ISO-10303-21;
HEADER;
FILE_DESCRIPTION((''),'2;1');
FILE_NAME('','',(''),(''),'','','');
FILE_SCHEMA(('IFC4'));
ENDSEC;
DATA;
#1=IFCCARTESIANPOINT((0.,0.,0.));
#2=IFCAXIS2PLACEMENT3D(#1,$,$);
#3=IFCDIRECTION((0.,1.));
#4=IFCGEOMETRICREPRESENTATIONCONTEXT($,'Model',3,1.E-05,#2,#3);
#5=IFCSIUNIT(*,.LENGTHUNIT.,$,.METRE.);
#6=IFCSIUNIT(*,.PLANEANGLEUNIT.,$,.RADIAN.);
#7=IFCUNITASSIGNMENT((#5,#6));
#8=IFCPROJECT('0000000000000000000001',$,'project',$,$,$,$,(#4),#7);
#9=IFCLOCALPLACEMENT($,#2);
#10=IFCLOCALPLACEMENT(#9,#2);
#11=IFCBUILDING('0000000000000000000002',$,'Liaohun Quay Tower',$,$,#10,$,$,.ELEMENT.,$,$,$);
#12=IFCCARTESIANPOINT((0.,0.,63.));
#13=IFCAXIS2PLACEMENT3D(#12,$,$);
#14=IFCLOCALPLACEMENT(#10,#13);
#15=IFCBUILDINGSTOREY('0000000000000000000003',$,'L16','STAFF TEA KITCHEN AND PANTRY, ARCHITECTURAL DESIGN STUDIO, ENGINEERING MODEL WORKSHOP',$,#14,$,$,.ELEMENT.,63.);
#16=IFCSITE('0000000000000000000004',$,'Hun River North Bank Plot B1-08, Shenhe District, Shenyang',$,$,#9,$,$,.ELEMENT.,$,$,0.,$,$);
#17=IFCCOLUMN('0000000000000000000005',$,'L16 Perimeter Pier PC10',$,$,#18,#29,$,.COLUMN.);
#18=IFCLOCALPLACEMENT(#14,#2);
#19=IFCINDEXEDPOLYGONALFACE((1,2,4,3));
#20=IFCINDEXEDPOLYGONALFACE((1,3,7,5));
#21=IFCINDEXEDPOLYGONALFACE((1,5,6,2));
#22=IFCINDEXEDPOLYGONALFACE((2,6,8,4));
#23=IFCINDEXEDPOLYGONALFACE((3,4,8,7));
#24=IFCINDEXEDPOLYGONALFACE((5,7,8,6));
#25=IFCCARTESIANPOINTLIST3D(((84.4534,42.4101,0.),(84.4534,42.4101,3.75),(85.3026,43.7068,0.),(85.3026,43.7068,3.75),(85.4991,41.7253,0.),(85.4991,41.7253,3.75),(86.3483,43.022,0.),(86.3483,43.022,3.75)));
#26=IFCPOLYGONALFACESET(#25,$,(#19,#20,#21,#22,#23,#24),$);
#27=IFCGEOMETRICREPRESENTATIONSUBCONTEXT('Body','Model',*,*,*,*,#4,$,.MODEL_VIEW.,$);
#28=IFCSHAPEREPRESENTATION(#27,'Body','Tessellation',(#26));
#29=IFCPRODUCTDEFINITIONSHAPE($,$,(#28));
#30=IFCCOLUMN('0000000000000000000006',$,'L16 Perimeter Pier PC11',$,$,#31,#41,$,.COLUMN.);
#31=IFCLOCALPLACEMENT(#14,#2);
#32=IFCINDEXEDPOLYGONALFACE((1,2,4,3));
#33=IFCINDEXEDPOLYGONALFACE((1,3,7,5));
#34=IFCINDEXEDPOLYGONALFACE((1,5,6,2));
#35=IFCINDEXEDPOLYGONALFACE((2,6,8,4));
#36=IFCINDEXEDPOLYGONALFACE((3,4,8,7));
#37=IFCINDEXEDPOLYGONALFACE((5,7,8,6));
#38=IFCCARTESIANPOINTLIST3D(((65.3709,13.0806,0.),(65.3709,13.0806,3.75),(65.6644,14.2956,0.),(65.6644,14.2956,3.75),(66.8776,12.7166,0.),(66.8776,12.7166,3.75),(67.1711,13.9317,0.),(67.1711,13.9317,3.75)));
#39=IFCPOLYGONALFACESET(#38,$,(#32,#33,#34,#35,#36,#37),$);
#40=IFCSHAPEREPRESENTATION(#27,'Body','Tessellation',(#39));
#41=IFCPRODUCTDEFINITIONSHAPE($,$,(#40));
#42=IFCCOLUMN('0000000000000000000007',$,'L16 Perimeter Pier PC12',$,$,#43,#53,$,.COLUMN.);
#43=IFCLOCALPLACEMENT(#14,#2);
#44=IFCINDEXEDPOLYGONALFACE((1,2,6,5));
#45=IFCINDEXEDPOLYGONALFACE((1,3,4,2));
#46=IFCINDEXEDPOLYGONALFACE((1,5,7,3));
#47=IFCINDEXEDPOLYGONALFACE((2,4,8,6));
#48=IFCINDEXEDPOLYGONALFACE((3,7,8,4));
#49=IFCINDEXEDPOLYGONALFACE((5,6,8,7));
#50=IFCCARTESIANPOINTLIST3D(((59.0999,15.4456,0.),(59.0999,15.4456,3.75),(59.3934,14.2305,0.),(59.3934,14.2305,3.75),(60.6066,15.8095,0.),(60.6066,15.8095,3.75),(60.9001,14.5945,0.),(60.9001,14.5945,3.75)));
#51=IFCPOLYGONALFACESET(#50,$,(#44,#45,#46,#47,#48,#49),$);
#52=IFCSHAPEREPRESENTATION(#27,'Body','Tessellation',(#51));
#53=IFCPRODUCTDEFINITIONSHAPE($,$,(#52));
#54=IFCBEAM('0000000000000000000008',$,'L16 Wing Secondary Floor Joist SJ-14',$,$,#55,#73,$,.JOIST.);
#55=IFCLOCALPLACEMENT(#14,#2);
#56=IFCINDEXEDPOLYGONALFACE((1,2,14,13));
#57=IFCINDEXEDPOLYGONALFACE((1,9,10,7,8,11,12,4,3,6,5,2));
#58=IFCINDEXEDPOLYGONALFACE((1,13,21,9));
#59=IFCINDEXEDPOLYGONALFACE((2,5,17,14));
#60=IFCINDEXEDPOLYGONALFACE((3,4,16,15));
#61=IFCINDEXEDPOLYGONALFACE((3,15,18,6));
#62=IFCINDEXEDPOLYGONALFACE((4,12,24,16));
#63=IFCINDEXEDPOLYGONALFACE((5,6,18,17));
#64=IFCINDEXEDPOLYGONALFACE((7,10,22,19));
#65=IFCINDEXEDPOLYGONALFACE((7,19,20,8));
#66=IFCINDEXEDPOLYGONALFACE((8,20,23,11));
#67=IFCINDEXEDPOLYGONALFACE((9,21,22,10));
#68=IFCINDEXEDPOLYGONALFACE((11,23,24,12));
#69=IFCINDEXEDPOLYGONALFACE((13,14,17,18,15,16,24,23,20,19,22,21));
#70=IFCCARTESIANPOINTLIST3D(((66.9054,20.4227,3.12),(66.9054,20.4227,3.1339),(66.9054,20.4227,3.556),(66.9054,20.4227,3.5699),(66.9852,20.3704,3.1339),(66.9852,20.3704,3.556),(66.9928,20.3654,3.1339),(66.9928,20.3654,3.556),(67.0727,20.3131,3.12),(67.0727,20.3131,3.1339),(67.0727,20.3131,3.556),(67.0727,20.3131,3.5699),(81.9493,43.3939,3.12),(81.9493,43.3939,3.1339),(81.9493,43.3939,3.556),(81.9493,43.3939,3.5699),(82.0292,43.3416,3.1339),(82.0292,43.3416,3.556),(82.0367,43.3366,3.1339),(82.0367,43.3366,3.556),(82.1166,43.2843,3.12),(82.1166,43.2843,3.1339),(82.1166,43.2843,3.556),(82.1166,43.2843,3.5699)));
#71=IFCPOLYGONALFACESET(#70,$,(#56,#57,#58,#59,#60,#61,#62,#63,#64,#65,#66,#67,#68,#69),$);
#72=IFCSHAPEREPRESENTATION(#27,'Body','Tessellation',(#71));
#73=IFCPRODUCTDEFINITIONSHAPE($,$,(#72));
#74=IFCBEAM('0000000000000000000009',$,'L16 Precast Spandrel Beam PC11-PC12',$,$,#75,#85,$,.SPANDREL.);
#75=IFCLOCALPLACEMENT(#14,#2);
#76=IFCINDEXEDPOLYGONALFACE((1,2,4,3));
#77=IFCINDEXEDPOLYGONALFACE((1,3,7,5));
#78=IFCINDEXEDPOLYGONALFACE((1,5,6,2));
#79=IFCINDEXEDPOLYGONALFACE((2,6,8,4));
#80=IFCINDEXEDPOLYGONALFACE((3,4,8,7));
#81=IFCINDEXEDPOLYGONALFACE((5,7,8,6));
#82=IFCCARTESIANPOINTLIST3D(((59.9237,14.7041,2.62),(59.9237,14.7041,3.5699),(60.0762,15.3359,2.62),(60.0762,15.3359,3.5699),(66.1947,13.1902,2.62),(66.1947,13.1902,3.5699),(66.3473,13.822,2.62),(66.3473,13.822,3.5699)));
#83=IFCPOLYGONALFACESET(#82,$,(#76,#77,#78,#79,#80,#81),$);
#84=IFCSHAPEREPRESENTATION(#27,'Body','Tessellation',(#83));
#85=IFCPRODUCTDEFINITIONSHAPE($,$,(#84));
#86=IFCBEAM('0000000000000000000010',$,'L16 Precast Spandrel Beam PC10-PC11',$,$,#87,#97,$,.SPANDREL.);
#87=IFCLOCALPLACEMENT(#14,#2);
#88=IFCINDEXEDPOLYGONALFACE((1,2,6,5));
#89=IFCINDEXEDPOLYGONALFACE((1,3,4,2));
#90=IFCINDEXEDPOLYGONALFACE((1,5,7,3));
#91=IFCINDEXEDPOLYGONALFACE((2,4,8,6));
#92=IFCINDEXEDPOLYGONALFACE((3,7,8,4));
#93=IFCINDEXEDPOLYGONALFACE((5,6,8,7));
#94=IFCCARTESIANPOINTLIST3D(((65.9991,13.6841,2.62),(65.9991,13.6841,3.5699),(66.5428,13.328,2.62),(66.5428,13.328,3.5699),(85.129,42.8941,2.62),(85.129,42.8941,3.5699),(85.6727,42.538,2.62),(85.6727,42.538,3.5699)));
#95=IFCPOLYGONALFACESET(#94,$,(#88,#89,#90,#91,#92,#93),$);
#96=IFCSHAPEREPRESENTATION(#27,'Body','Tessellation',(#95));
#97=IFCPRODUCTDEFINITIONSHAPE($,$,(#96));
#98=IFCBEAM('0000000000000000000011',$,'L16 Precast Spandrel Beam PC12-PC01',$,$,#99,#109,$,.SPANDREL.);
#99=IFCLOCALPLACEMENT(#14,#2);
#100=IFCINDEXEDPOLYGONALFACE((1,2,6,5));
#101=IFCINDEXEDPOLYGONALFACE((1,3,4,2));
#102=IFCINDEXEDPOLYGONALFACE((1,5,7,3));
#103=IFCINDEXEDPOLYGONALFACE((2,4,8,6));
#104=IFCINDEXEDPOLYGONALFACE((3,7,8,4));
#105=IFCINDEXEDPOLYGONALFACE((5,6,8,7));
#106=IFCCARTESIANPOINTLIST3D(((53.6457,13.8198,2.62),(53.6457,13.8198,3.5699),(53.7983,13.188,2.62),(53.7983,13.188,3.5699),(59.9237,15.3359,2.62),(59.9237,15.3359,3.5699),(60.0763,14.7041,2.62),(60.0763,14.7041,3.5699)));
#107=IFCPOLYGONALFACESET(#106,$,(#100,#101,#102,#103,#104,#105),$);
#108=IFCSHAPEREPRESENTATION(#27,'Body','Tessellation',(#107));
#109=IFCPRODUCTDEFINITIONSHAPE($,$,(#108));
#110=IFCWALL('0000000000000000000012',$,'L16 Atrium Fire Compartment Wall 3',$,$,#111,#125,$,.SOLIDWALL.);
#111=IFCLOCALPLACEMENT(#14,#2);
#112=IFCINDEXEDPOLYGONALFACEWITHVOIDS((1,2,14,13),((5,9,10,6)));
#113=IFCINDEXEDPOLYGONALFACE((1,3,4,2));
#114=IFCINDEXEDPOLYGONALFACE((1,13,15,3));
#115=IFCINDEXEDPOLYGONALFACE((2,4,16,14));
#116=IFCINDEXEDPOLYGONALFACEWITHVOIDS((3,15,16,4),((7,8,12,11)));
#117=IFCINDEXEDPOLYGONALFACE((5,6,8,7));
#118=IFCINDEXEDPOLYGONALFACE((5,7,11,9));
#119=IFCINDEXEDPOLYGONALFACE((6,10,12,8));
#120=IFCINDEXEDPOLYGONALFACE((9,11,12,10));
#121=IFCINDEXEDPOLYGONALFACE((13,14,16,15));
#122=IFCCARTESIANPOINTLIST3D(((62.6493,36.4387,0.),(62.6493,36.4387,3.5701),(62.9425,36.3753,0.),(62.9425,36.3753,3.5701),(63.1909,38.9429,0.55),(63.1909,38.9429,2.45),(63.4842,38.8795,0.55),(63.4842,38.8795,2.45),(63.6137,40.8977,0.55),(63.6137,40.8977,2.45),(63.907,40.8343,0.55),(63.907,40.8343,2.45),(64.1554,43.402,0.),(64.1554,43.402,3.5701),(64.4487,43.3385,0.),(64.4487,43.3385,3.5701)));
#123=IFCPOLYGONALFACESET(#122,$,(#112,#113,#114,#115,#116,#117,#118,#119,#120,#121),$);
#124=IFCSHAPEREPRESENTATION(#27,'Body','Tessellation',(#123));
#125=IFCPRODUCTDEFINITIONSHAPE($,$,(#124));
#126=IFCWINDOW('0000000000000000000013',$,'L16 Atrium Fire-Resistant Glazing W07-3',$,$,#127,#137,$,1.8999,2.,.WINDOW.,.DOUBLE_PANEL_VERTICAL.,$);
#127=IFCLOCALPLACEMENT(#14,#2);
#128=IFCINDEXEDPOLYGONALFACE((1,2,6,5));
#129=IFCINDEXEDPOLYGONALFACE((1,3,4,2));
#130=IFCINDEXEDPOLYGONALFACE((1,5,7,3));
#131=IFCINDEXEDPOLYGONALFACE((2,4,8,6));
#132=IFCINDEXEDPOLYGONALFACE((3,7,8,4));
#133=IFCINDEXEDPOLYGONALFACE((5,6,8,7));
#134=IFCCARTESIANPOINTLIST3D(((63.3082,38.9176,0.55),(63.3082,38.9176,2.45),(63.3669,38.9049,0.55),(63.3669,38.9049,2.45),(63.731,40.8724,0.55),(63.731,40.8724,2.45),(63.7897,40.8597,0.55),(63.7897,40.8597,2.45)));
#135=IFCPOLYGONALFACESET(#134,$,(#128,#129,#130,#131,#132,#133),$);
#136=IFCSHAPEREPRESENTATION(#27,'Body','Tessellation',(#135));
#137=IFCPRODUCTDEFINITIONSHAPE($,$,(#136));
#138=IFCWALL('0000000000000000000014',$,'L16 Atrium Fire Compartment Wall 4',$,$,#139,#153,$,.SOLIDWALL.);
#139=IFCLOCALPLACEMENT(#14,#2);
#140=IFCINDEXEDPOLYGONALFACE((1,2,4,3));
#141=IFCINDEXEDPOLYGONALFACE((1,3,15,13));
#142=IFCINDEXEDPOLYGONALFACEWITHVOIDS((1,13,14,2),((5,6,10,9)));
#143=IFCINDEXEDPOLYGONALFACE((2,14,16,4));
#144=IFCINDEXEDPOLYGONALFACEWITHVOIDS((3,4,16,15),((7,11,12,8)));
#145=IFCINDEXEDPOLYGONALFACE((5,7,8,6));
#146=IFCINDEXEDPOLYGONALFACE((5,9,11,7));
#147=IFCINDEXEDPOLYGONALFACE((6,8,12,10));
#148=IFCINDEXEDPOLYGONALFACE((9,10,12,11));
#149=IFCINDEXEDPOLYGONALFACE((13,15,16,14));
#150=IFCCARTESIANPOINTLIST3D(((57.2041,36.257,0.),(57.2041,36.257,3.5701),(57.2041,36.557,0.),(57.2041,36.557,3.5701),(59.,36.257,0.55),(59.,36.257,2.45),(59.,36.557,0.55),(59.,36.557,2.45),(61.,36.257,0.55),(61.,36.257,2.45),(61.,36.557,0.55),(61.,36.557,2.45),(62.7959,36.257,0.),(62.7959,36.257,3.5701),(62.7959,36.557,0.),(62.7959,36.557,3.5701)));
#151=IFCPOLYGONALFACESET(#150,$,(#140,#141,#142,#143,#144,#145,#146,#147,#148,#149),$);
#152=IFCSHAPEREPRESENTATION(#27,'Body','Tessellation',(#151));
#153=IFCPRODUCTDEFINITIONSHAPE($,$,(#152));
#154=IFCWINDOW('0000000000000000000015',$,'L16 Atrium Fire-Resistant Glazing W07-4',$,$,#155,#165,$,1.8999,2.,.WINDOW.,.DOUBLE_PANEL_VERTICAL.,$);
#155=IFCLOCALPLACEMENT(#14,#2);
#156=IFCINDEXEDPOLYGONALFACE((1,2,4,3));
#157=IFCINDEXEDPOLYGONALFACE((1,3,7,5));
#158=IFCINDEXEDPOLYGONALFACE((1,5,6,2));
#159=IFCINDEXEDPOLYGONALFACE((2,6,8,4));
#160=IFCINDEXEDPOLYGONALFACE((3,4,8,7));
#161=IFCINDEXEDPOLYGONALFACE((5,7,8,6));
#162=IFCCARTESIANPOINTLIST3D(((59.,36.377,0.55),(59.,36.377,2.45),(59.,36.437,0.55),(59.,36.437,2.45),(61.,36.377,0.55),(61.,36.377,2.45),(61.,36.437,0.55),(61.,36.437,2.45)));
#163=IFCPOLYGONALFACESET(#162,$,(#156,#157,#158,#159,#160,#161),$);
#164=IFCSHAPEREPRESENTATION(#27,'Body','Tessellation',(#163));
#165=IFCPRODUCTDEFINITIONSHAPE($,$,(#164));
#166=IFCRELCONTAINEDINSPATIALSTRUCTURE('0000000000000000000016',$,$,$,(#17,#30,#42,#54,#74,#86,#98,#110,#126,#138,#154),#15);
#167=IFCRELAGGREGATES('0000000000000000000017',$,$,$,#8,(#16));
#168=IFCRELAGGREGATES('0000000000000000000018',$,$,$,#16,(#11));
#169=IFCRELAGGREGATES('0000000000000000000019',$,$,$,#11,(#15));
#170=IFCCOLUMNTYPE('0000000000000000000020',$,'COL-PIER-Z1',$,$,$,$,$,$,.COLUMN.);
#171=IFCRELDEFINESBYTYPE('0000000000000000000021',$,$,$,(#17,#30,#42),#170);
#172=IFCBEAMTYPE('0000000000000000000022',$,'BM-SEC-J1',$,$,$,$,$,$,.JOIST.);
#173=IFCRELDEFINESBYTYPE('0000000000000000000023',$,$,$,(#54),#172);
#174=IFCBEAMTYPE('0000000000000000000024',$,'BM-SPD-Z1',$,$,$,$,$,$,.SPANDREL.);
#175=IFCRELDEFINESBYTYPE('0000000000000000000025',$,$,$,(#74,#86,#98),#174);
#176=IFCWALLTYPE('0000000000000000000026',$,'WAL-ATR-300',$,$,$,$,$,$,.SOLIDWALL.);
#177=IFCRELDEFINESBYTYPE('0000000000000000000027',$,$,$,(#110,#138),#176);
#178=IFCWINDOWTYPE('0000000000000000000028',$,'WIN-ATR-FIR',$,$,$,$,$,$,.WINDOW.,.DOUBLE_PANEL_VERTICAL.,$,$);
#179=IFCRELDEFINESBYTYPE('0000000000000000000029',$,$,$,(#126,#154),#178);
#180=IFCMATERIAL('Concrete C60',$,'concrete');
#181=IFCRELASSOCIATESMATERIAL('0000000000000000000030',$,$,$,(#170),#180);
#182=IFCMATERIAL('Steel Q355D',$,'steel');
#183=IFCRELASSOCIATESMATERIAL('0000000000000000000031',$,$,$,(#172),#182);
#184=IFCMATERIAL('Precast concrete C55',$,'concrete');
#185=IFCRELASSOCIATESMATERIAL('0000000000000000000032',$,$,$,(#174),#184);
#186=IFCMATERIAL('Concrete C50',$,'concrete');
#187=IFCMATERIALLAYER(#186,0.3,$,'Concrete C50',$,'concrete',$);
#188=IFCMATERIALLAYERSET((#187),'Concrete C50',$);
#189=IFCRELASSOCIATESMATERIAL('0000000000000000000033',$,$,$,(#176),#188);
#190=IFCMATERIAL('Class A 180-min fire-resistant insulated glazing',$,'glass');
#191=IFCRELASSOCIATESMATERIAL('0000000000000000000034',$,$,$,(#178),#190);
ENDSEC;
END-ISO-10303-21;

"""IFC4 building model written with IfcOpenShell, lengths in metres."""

from ifc_helpers import new_model, si_unit, direction, frame, frame_2d, origin, origin_2d, place, context, subcontext, project, spatial, rectangle, i_section, extrude, source, transform, mapped, material, layer, layer_set, material_profile, profile_set, type_object, element, fill, save


model = new_model("IFC4")

# Units and contexts
model_context = context("Model", 3, precision=1e-05, world=origin(), true_north=direction((0.0, 1.0)))
body_context = subcontext(model_context, "Body", "Model", "MODEL_VIEW")
ifc_project = project(units=[si_unit("LENGTHUNIT", "METRE"), si_unit("PLANEANGLEUNIT", "RADIAN")], contexts=[model_context])

# Site, building, storey
site_placement = place(None, origin())
site = spatial("IfcSite", under=ifc_project, at=site_placement, Name="Hun River North Bank Plot B1-08, Shenhe District, Shenyang", CompositionType="ELEMENT", RefElevation=0.0)
building_placement = place(site_placement, origin())
building = spatial("IfcBuilding", under=site, at=building_placement, Name="Liaohun Quay Tower", CompositionType="ELEMENT")
storey_placement = place(building_placement, frame((0.0, 0.0, 63.0)))
storey = spatial("IfcBuildingStorey", under=building, at=storey_placement, Name="L16", Description="STAFF TEA KITCHEN AND PANTRY, ARCHITECTURAL DESIGN STUDIO, ENGINEERING MODEL WORKSHOP", CompositionType="ELEMENT", Elevation=63.0)

# Columns
ifc_material_1 = material(Name="Concrete C60", Category="concrete")
ifc_material_profile_1 = material_profile(ifc_material_1, rectangle(XDim=1.55, YDim=1.25, at=origin_2d()), Name="RC1550x1250")
ifc_profile_set_1 = profile_set([ifc_material_profile_1], Name="Concrete C60")
column_type = type_object("IfcColumnType", Name="COL-PIER-Z1", PredefinedType="COLUMN", material=ifc_profile_set_1)
shared_shape_1 = source(origin(), body_context, "Body", "SweptSolid", [
    extrude(rectangle(XDim=1.55, YDim=1.25, at=origin_2d()), origin(), (0.0, 0.0, 1.0), 3.75),
])
for number, where, z_axis, x_axis, name in (
    (1, (85.4009, 42.7161, 0.0), (0.0, 0.0, 1.0), (0.547855, 0.836573, 0.0), "L16 Perimeter Pier PC10"),
    (2, (66.271, 13.5061, 0.0), (0.0, 0.0, 1.0), (-0.972043, 0.234803, 0.0), "L16 Perimeter Pier PC11"),
    (3, (60.0, 15.02, 0.0), (0.0, 0.0, 1.0), (0.972043, 0.234803, 0.0), "L16 Perimeter Pier PC12"),
):
    element("IfcColumn", number, at=place(storey_placement, frame(where, z_axis=z_axis, x_axis=x_axis)), inside=storey, type_object=column_type, Name=name, PredefinedType="COLUMN", context=body_context, shape_type="MappedRepresentation", body=[
        mapped(shared_shape_1, transform((0.0, 0.0, 0.0), x_axis=(1.0, 0.0, 0.0), y_axis=(0.0, 1.0, 0.0), z_axis=(0.0, 0.0, 1.0), scale=1.0)),
    ])

# Beams
ifc_material_2 = material(Name="Steel Q355D", Category="steel")
ifc_material_profile_2 = material_profile(ifc_material_2, i_section(OverallWidth=0.2, OverallDepth=0.45, WebThickness=0.009, FlangeThickness=0.0139, at=origin_2d()), Name="HN450x200x9x14")
ifc_profile_set_2 = profile_set([ifc_material_profile_2], Name="Steel Q355D")
beam_type_1 = type_object("IfcBeamType", Name="BM-SEC-J1", PredefinedType="JOIST", material=ifc_profile_set_2)
shared_shape_2 = source(origin(), body_context, "Body", "SweptSolid", [
    extrude(i_section(OverallWidth=0.2, OverallDepth=0.45, WebThickness=0.009, FlangeThickness=0.0139, at=origin_2d()), origin(), (0.0, 0.0, 1.0), 27.459),
])
beam_1_placement = place(storey_placement, frame((82.033, 43.3391, 3.345), z_axis=(-0.54787, -0.836564, 0.0), x_axis=(0.836564, -0.54787, 0.0)))
element("IfcBeam", 4, at=beam_1_placement, inside=storey, type_object=beam_type_1, Name="L16 Wing Secondary Floor Joist SJ-14", PredefinedType="JOIST", context=body_context, shape_type="MappedRepresentation", body=[
    mapped(shared_shape_2, transform((0.0, 0.0, 0.0), x_axis=(1.0, 0.0, 0.0), y_axis=(0.0, 1.0, 0.0), z_axis=(0.0, 0.0, 1.0), scale=1.0)),
])
ifc_material_3 = material(Name="Precast concrete C55", Category="concrete")
ifc_material_profile_3 = material_profile(ifc_material_3, rectangle(XDim=0.6499, YDim=0.95, at=origin_2d()), Name="RC650x950")
ifc_profile_set_3 = profile_set([ifc_material_profile_3], Name="Precast concrete C55")
beam_type_2 = type_object("IfcBeamType", Name="BM-SPD-Z1", PredefinedType="SPANDREL", material=ifc_profile_set_3)
shared_shape_3 = source(origin(), body_context, "Body", "SweptSolid", [
    extrude(rectangle(XDim=0.6499, YDim=0.95, at=origin_2d()), origin(), (0.0, 0.0, 1.0), 6.4512),
])
beam_2_placement = place(storey_placement, frame((66.271, 13.5061, 3.095), z_axis=(-0.972074, 0.234674, 0.0), x_axis=(-0.234674, -0.972074, 0.0)))
element("IfcBeam", 5, at=beam_2_placement, inside=storey, type_object=beam_type_2, Name="L16 Precast Spandrel Beam PC11-PC12", PredefinedType="SPANDREL", context=body_context, shape_type="MappedRepresentation", body=[
    mapped(shared_shape_3, transform((0.0, 0.0, 0.0), x_axis=(1.0, 0.0, 0.0), y_axis=(0.0, 1.0, 0.0), z_axis=(0.0, 0.0, 1.0), scale=1.0)),
])
shared_shape_4 = source(origin(), body_context, "Body", "SweptSolid", [
    extrude(rectangle(XDim=0.6499, YDim=0.95, at=origin_2d()), origin(), (0.0, 0.0, 1.0), 34.9167),
])
beam_3_placement = place(storey_placement, frame((85.4009, 42.7161, 3.095), z_axis=(-0.547872, -0.836562, 0.0), x_axis=(0.836562, -0.547872, 0.0)))
element("IfcBeam", 6, at=beam_3_placement, inside=storey, type_object=beam_type_2, Name="L16 Precast Spandrel Beam PC10-PC11", PredefinedType="SPANDREL", context=body_context, shape_type="MappedRepresentation", body=[
    mapped(shared_shape_4, transform((0.0, 0.0, 0.0), x_axis=(1.0, 0.0, 0.0), y_axis=(0.0, 1.0, 0.0), z_axis=(0.0, 0.0, 1.0), scale=1.0)),
])
shared_shape_5 = source(origin(), body_context, "Body", "SweptSolid", [
    extrude(rectangle(XDim=0.6499, YDim=0.95, at=origin_2d()), origin(), (0.0, 0.0, 1.0), 6.4585),
])
beam_4_placement = place(storey_placement, frame((60.0, 15.02, 3.095), z_axis=(-0.972057, -0.234745, 0.0), x_axis=(0.234745, -0.972057, 0.0)))
element("IfcBeam", 7, at=beam_4_placement, inside=storey, type_object=beam_type_2, Name="L16 Precast Spandrel Beam PC12-PC01", PredefinedType="SPANDREL", context=body_context, shape_type="MappedRepresentation", body=[
    mapped(shared_shape_5, transform((0.0, 0.0, 0.0), x_axis=(1.0, 0.0, 0.0), y_axis=(0.0, 1.0, 0.0), z_axis=(0.0, 0.0, 1.0), scale=1.0)),
])

# Walls, openings, windows
ifc_material_4 = material(Name="Concrete C50", Category="concrete")
ifc_layer_1 = layer(ifc_material_4, 0.3, Name="Concrete C50", Category="concrete")
ifc_layer_set_1 = layer_set([ifc_layer_1], Name="Concrete C50")
wall_type_1 = type_object("IfcWallType", Name="WAL-ATR-300", PredefinedType="SOLIDWALL", material=ifc_layer_set_1)
wall_1_placement = place(storey_placement, frame((64.302, 43.3701, 0.0), z_axis=(0.0, 0.0, 1.0), x_axis=(-0.211408, -0.977398, 0.0)))
wall_1 = element("IfcWall", 8, at=wall_1_placement, inside=storey, type_object=wall_type_1, Name="L16 Atrium Fire Compartment Wall 3", PredefinedType="SOLIDWALL", context=body_context, shape_type="SweptSolid", body=[
    extrude(rectangle(XDim=7.1243, YDim=0.3, at=frame_2d((3.562, 0.0))), origin(), (0.0, 0.0, 1.0), 3.5701),
])
shared_shape_6 = source(origin(), body_context, "Body", "SweptSolid", [
    extrude(rectangle(XDim=2.0, YDim=1.8999, at=frame_2d((1.0, 0.95))), frame((0.0, 0.1599, 0.0), z_axis=(0.0, -1.0, 0.0), x_axis=(1.0, 0.0, 0.0)), (0.0, 0.0, 1.0), 0.3201),
])
opening_1_placement = place(wall_1_placement, frame((2.562, 0.0, 0.55)))
opening_1 = element("IfcOpeningElement", 9, at=opening_1_placement, cuts=wall_1, PredefinedType="OPENING", context=body_context, shape_type="MappedRepresentation", body=[
    mapped(shared_shape_6, transform((0.0, 0.0, 0.0), x_axis=(1.0, 0.0, 0.0), y_axis=(0.0, 1.0, 0.0), z_axis=(0.0, 0.0, 1.0), scale=1.0)),
])
ifc_material_5 = material(Name="Class A 180-min fire-resistant insulated glazing", Category="glass")
window_type_1 = type_object("IfcWindowType", Name="WIN-ATR-FIR", PartitioningType="DOUBLE_PANEL_VERTICAL", PredefinedType="WINDOW", material=ifc_material_5)
shared_shape_7 = source(origin(), body_context, "Body", "SweptSolid", [
    extrude(rectangle(XDim=2.0, YDim=1.8999, at=frame_2d((1.0, 0.95))), frame((0.0, 0.03, 0.0), z_axis=(0.0, -1.0, 0.0), x_axis=(1.0, 0.0, 0.0)), (0.0, 0.0, 1.0), 0.0601),
])
window_1_placement = place(opening_1_placement, origin())
window_1 = element("IfcWindow", 10, at=window_1_placement, inside=storey, type_object=window_type_1, Name="L16 Atrium Fire-Resistant Glazing W07-3", OverallHeight=1.8999, OverallWidth=2.0, PartitioningType="DOUBLE_PANEL_VERTICAL", PredefinedType="WINDOW", context=body_context, shape_type="MappedRepresentation", body=[
    mapped(shared_shape_7, transform((0.0, 0.0, 0.0), x_axis=(1.0, 0.0, 0.0), y_axis=(0.0, 1.0, 0.0), z_axis=(0.0, 0.0, 1.0), scale=1.0)),
])
fill(opening_1, window_1)
wall_2_placement = place(storey_placement, frame((62.7959, 36.407, 0.0), z_axis=(0.0, 0.0, 1.0), x_axis=(-1.0, 0.0, 0.0)))
wall_2 = element("IfcWall", 11, at=wall_2_placement, inside=storey, type_object=wall_type_1, Name="L16 Atrium Fire Compartment Wall 4", PredefinedType="SOLIDWALL", context=body_context, shape_type="SweptSolid", body=[
    extrude(rectangle(XDim=5.5918, YDim=0.3, at=frame_2d((2.7959, 0.0))), origin(), (0.0, 0.0, 1.0), 3.5701),
])
opening_2_placement = place(wall_2_placement, frame((1.7959, 0.0, 0.55)))
opening_2 = element("IfcOpeningElement", 12, at=opening_2_placement, cuts=wall_2, PredefinedType="OPENING", context=body_context, shape_type="MappedRepresentation", body=[
    mapped(shared_shape_6, transform((0.0, 0.0, 0.0), x_axis=(1.0, 0.0, 0.0), y_axis=(0.0, 1.0, 0.0), z_axis=(0.0, 0.0, 1.0), scale=1.0)),
])
window_2_placement = place(opening_2_placement, origin())
window_2 = element("IfcWindow", 13, at=window_2_placement, inside=storey, type_object=window_type_1, Name="L16 Atrium Fire-Resistant Glazing W07-4", OverallHeight=1.8999, OverallWidth=2.0, PartitioningType="DOUBLE_PANEL_VERTICAL", PredefinedType="WINDOW", context=body_context, shape_type="MappedRepresentation", body=[
    mapped(shared_shape_7, transform((0.0, 0.0, 0.0), x_axis=(1.0, 0.0, 0.0), y_axis=(0.0, 1.0, 0.0), z_axis=(0.0, 0.0, 1.0), scale=1.0)),
])
fill(opening_2, window_2)

save(model, "model.ifc")
